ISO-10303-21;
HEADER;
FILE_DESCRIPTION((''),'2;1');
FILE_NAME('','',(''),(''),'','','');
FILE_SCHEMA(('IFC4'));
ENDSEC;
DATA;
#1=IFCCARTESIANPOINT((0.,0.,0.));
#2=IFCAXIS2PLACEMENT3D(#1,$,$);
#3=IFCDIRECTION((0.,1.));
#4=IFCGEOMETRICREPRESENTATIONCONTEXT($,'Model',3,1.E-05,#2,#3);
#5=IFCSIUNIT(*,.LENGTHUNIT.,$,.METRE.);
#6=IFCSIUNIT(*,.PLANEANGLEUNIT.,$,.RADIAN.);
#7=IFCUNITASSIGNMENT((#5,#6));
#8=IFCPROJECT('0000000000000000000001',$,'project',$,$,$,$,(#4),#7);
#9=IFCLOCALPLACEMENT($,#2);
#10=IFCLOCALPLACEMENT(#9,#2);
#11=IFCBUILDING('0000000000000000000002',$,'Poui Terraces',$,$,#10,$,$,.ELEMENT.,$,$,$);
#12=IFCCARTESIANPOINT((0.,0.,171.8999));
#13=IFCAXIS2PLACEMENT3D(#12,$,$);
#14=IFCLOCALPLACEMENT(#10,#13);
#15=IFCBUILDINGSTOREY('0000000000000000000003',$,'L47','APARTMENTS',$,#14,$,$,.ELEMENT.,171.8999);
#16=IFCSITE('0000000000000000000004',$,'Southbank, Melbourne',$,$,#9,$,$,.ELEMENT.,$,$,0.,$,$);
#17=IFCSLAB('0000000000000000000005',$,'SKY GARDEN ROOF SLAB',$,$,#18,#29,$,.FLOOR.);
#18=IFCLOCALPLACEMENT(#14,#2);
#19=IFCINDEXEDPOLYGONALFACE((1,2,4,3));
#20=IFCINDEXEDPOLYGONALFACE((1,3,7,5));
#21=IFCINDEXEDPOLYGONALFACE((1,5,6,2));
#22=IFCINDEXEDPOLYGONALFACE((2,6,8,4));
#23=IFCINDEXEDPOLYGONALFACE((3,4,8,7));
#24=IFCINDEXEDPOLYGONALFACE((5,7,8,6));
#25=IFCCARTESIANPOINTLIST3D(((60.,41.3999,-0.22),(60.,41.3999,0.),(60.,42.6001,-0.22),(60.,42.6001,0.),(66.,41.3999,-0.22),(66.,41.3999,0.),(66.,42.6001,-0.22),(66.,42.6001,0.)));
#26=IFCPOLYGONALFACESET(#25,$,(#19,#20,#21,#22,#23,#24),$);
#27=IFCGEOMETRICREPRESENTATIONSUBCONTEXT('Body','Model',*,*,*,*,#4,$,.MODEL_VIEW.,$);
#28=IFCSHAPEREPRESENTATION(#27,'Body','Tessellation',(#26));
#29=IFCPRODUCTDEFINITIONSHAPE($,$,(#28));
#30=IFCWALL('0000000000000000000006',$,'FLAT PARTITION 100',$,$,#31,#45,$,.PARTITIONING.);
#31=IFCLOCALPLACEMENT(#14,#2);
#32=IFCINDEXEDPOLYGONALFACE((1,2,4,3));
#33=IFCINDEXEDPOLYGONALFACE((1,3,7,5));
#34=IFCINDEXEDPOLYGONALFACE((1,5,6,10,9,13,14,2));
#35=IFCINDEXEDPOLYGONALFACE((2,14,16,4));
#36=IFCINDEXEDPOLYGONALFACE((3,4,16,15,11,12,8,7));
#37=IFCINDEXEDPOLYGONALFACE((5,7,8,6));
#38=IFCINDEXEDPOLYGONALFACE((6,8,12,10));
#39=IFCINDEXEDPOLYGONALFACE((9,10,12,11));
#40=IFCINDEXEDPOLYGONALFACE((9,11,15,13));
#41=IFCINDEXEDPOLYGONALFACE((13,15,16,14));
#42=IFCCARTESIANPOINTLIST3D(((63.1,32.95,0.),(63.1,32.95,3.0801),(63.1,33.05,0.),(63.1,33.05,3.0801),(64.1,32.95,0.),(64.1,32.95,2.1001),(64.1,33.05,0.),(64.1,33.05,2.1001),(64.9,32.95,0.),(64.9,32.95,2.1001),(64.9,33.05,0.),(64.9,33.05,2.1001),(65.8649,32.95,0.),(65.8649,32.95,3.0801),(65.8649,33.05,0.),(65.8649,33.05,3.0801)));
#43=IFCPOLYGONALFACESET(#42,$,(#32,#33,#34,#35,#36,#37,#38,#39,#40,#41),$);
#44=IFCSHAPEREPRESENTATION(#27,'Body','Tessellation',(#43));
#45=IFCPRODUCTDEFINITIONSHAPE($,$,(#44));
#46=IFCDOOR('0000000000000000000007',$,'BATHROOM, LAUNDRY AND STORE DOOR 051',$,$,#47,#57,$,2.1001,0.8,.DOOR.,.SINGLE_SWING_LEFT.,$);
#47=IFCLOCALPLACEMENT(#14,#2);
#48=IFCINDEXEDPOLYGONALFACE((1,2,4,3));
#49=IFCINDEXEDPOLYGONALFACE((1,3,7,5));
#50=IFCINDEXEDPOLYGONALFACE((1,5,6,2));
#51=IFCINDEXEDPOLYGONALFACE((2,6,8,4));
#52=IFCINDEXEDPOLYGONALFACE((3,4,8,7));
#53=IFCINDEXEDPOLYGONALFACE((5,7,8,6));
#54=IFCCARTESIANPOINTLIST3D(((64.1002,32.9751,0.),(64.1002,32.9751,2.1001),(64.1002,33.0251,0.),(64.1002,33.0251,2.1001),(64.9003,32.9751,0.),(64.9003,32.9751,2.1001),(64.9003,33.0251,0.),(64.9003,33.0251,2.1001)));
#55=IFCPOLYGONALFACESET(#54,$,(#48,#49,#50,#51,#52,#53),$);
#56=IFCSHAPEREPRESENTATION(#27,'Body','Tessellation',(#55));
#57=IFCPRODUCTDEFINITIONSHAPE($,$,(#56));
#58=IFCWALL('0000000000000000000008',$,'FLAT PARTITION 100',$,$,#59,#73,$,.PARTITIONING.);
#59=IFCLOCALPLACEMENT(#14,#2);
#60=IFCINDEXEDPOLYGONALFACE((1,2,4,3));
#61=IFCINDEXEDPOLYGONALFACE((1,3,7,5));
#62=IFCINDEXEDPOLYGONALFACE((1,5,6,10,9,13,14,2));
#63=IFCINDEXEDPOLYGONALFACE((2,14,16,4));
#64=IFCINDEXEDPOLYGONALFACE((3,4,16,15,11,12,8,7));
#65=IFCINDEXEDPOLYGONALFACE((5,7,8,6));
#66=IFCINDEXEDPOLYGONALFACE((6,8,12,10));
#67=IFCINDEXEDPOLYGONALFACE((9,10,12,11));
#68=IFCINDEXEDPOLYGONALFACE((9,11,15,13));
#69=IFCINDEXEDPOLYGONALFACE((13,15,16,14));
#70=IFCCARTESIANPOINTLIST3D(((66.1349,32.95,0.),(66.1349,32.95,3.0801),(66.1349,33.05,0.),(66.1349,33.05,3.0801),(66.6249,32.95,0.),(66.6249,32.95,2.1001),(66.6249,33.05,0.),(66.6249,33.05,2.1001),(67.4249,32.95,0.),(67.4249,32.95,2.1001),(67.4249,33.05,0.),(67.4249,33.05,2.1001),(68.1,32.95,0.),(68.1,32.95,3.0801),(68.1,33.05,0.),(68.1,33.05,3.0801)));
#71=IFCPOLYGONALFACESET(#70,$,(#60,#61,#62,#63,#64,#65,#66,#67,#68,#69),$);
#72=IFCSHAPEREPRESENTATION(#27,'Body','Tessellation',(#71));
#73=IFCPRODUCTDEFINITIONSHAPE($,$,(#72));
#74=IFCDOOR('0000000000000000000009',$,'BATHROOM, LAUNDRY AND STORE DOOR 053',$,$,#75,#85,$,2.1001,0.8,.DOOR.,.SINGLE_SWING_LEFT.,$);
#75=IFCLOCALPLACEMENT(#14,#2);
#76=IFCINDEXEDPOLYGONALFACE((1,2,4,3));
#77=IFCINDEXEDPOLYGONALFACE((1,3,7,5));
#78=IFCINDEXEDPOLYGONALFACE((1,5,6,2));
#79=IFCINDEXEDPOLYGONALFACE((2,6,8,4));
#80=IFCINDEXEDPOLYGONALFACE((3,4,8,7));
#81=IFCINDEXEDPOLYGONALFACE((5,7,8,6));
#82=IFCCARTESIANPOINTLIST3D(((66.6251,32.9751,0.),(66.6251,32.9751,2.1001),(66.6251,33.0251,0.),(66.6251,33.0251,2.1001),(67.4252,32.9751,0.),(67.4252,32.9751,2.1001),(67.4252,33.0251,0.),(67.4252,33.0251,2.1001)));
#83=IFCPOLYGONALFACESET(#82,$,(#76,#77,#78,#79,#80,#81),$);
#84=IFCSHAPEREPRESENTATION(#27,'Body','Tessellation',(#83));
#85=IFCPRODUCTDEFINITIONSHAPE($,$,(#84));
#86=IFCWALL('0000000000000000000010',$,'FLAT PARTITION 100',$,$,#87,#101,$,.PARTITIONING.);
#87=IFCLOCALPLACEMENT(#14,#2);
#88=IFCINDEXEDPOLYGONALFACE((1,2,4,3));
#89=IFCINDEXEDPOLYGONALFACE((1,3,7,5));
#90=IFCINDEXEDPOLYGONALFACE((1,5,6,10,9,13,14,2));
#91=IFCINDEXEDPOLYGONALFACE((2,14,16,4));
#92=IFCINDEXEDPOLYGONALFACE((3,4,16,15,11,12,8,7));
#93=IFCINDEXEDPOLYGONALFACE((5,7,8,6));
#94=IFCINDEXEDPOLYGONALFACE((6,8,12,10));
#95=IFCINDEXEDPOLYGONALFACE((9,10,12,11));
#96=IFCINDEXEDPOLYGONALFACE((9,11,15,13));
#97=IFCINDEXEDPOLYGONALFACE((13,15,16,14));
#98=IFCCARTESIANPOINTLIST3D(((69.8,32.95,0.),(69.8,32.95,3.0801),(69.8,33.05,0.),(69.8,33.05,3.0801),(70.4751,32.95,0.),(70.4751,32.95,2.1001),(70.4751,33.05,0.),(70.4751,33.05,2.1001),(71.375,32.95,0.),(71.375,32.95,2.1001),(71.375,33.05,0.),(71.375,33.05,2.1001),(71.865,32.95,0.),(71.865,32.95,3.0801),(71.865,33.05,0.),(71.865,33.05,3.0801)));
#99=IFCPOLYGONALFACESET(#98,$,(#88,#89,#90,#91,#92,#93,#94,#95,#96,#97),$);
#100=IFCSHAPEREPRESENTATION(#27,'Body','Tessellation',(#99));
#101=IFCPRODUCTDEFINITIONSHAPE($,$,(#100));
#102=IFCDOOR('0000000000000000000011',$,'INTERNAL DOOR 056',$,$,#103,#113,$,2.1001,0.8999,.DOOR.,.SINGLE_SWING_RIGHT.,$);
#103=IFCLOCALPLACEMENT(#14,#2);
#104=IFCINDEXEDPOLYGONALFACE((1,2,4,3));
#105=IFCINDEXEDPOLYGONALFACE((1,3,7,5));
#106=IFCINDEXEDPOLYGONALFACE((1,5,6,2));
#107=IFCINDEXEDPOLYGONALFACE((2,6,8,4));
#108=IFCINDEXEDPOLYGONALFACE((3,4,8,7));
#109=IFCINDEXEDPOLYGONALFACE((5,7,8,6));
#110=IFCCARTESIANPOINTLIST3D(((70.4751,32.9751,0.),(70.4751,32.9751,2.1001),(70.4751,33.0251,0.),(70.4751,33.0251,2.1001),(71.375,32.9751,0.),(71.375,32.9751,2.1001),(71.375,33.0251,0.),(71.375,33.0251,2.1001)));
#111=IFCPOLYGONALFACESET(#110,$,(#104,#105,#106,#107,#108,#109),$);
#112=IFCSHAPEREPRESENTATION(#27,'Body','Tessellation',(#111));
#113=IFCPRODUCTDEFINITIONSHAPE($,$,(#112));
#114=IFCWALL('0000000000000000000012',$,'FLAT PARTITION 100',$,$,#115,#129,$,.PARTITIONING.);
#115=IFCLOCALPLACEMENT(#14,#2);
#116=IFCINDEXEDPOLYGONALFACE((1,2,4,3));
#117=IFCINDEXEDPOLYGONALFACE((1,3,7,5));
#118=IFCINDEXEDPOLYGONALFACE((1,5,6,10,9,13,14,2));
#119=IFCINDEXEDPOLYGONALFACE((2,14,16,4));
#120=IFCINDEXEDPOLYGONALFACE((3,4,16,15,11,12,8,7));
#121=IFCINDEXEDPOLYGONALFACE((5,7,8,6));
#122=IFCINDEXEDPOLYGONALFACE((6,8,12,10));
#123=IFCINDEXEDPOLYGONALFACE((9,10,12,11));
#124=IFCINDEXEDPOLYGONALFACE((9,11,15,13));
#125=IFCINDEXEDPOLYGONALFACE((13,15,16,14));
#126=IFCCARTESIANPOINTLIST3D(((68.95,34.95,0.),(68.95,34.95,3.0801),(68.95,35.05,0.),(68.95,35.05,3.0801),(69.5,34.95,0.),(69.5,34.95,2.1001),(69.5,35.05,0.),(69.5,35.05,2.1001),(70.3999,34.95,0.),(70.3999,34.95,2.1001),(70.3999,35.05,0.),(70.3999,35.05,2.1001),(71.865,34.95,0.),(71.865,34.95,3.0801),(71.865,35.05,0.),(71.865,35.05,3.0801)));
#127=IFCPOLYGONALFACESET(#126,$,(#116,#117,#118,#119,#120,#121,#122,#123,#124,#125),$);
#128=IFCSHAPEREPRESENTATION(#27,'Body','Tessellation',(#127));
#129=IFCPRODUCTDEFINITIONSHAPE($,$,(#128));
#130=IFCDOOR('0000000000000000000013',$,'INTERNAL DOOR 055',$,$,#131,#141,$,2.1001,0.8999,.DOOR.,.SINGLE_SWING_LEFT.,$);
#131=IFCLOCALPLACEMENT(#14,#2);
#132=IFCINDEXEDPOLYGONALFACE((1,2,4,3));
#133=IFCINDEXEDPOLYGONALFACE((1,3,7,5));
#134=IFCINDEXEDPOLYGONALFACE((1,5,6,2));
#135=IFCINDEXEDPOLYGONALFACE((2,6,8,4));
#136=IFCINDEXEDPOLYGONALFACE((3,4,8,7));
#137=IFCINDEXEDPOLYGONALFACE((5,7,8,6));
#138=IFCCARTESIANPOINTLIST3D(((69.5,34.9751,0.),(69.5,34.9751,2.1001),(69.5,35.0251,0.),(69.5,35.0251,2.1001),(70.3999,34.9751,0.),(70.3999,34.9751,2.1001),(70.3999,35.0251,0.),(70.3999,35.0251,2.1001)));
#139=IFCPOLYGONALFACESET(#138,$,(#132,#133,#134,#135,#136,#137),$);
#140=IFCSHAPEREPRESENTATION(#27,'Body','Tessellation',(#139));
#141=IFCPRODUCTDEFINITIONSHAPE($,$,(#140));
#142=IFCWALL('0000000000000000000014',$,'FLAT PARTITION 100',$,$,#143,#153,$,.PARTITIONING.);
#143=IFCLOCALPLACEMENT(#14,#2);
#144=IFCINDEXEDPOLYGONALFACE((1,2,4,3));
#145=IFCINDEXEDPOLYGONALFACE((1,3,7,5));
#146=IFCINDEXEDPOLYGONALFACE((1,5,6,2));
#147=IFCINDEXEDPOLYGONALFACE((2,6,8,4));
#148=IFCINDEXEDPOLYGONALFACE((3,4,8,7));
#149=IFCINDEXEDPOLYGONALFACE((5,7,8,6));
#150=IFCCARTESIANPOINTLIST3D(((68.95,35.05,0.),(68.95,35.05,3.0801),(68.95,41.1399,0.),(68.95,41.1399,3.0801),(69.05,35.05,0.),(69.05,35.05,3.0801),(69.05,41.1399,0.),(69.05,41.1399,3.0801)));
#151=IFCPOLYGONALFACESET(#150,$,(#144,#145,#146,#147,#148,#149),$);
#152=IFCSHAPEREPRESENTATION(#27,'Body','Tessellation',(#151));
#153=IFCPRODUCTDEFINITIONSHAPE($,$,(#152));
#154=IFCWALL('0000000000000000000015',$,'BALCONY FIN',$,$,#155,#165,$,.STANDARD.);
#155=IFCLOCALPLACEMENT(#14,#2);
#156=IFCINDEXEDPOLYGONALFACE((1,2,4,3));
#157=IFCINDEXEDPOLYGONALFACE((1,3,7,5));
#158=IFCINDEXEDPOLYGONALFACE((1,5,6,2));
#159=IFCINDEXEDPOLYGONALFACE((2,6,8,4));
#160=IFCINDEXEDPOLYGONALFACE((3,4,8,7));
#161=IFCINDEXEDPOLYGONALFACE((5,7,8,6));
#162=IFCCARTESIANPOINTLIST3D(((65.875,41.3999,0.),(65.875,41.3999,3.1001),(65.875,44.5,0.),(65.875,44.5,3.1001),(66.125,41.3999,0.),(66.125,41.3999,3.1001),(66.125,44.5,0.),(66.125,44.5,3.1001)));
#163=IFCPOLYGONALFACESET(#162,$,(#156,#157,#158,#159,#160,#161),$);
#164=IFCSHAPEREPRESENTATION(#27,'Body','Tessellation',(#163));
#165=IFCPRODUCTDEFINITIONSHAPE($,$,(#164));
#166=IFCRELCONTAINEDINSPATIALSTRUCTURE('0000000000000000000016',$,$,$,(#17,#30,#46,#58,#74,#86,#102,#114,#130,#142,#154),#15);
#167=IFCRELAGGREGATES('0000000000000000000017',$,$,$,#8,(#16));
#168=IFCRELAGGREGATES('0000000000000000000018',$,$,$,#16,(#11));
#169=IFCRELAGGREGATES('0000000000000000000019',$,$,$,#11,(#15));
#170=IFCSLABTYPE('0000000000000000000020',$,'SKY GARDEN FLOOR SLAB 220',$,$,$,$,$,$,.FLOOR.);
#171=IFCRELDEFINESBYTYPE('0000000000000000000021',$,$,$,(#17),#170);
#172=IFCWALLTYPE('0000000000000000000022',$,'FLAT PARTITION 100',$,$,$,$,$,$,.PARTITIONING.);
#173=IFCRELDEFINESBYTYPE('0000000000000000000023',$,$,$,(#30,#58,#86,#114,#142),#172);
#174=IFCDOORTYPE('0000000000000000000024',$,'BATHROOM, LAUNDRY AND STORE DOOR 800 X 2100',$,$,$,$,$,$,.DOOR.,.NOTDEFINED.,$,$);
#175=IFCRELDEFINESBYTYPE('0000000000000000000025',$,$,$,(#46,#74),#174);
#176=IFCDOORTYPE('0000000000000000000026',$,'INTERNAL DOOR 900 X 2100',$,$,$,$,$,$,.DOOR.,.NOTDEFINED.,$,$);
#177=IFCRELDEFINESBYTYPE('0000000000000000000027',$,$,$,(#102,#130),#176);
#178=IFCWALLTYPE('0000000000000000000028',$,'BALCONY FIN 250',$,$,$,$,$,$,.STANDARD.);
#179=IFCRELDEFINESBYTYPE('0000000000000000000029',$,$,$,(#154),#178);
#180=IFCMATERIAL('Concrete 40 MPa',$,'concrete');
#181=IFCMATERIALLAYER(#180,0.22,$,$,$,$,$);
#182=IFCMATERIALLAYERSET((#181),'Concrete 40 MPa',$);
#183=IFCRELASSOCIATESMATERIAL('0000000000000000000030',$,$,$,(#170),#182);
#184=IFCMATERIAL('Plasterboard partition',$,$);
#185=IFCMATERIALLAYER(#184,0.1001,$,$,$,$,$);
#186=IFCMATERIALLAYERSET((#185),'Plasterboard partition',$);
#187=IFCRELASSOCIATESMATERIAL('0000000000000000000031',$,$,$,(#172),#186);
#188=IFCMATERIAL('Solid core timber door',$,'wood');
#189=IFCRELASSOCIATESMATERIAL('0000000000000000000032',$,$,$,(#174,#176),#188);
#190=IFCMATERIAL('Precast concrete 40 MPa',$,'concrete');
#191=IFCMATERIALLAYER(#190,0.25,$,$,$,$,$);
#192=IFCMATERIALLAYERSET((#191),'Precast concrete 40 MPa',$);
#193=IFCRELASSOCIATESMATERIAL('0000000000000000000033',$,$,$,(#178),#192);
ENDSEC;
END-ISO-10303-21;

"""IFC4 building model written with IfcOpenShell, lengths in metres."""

from ifc_helpers import new_model, si_unit, direction, frame, frame_2d, origin, place, context, subcontext, project, spatial, polyline, rectangle, outline, extrude, source, transform, mapped, material, layer, layer_set, type_object, element, fill, save


model = new_model("IFC4")

# Units and contexts
model_context = context("Model", 3, precision=1e-05, world=origin(), true_north=direction((0.0, 1.0)))
body_context = subcontext(model_context, "Body", "Model", "MODEL_VIEW")
ifc_project = project(units=[si_unit("LENGTHUNIT", "METRE"), si_unit("PLANEANGLEUNIT", "RADIAN")], contexts=[model_context])

# Site, building, storey
site_placement = place(None, origin())
site = spatial("IfcSite", under=ifc_project, at=site_placement, Name="Southbank, Melbourne", CompositionType="ELEMENT", RefElevation=0.0)
building_placement = place(site_placement, origin())
building = spatial("IfcBuilding", under=site, at=building_placement, Name="Poui Terraces", CompositionType="ELEMENT")
storey_placement = place(building_placement, frame((0.0, 0.0, 171.8999)))
storey = spatial("IfcBuildingStorey", under=building, at=storey_placement, Name="L47", Description="APARTMENTS", CompositionType="ELEMENT", Elevation=171.8999)

# Slab
ifc_material_1 = material(Name="Concrete 40 MPa", Category="concrete")
ifc_layer_1 = layer(ifc_material_1, 0.22)
ifc_layer_set_1 = layer_set([ifc_layer_1], Name="Concrete 40 MPa")
slab_type = type_object("IfcSlabType", Name="SKY GARDEN FLOOR SLAB 220", PredefinedType="FLOOR", material=ifc_layer_set_1)
shared_shape_1 = source(origin(), body_context, "Body", "SweptSolid", [
    extrude(outline(polyline([(0.0, 0.0), (0.0, 1.2002), (-6.0, 1.2002), (-6.0, 0.0), (0.0, 0.0)])), origin(), (0.0, 0.0, 1.0), 0.22),
])
slab_placement = place(storey_placement, frame((66.0, 41.3999, -0.22)))
element("IfcSlab", 1, at=slab_placement, inside=storey, type_object=slab_type, Name="SKY GARDEN ROOF SLAB", PredefinedType="FLOOR", context=body_context, shape_type="MappedRepresentation", body=[
    mapped(shared_shape_1, transform((0.0, 0.0, 0.0))),
])

# Walls, openings, doors
ifc_material_2 = material(Name="Plasterboard partition")
ifc_layer_2 = layer(ifc_material_2, 0.1001)
ifc_layer_set_2 = layer_set([ifc_layer_2], Name="Plasterboard partition")
wall_type_1 = type_object("IfcWallType", Name="FLAT PARTITION 100", PredefinedType="PARTITIONING", material=ifc_layer_set_2)
wall_1_placement = place(storey_placement, frame((63.1001, 33.0, 0.0), z_axis=(0.0, 0.0, 1.0), x_axis=(1.0, 0.0, 0.0)))
wall_1 = element("IfcWall", 2, at=wall_1_placement, inside=storey, type_object=wall_type_1, Name="FLAT PARTITION 100", PredefinedType="PARTITIONING", context=body_context, shape_type="SweptSolid", body=[
    extrude(rectangle(XDim=2.7649, YDim=0.1001, at=frame_2d((1.3823, 0.0))), origin(), (0.0, 0.0, 1.0), 3.0801),
])
opening_1_placement = place(wall_1_placement, frame((1.0, 0.0, 0.0)))
opening_1 = element("IfcOpeningElement", 3, at=opening_1_placement, cuts=wall_1, PredefinedType="OPENING", context=body_context, shape_type="SweptSolid", body=[
    extrude(rectangle(XDim=0.8, YDim=2.1001, at=frame_2d((0.3999, 1.05))), frame((0.0, 0.0601, 0.0), z_axis=(0.0, -1.0, 0.0), x_axis=(1.0, 0.0, 0.0)), (0.0, 0.0, 1.0), 0.1201),
])
ifc_material_3 = material(Name="Solid core timber door", Category="wood")
door_type_1 = type_object("IfcDoorType", Name="BATHROOM, LAUNDRY AND STORE DOOR 800 X 2100", OperationType="NOTDEFINED", PredefinedType="DOOR", material=ifc_material_3)
door_1_placement = place(opening_1_placement, frame((0.8, 0.0, 0.0), z_axis=(0.0, 0.0, 1.0), x_axis=(-1.0, 0.0, 0.0)))
door_1 = element("IfcDoor", 4, at=door_1_placement, inside=storey, type_object=door_type_1, Name="BATHROOM, LAUNDRY AND STORE DOOR 051", OperationType="SINGLE_SWING_LEFT", OverallHeight=2.1001, OverallWidth=0.8, PredefinedType="DOOR", context=body_context, shape_type="SweptSolid", body=[
    extrude(rectangle(XDim=0.8, YDim=2.1001, at=frame_2d((0.3999, 1.05))), frame((0.0, 0.0249, 0.0), z_axis=(0.0, -1.0, 0.0), x_axis=(1.0, 0.0, 0.0)), (0.0, 0.0, 1.0), 0.05),
])
fill(opening_1, door_1)
wall_2_placement = place(storey_placement, frame((66.135, 33.0, 0.0), z_axis=(0.0, 0.0, 1.0), x_axis=(1.0, 0.0, 0.0)))
wall_2 = element("IfcWall", 5, at=wall_2_placement, inside=storey, type_object=wall_type_1, Name="FLAT PARTITION 100", PredefinedType="PARTITIONING", context=body_context, shape_type="SweptSolid", body=[
    extrude(rectangle(XDim=1.9651, YDim=0.1001, at=frame_2d((0.9824, 0.0))), origin(), (0.0, 0.0, 1.0), 3.0801),
])
opening_2_placement = place(wall_2_placement, frame((0.49, 0.0, 0.0)))
opening_2 = element("IfcOpeningElement", 6, at=opening_2_placement, cuts=wall_2, PredefinedType="OPENING", context=body_context, shape_type="SweptSolid", body=[
    extrude(rectangle(XDim=0.8, YDim=2.1001, at=frame_2d((0.3999, 1.05))), frame((0.0, 0.0601, 0.0), z_axis=(0.0, -1.0, 0.0), x_axis=(1.0, 0.0, 0.0)), (0.0, 0.0, 1.0), 0.1201),
])
door_2_placement = place(opening_2_placement, frame((0.8, 0.0, 0.0), z_axis=(0.0, 0.0, 1.0), x_axis=(-1.0, 0.0, 0.0)))
door_2 = element("IfcDoor", 7, at=door_2_placement, inside=storey, type_object=door_type_1, Name="BATHROOM, LAUNDRY AND STORE DOOR 053", OperationType="SINGLE_SWING_LEFT", OverallHeight=2.1001, OverallWidth=0.8, PredefinedType="DOOR", context=body_context, shape_type="SweptSolid", body=[
    extrude(rectangle(XDim=0.8, YDim=2.1001, at=frame_2d((0.3999, 1.05))), frame((0.0, 0.0249, 0.0), z_axis=(0.0, -1.0, 0.0), x_axis=(1.0, 0.0, 0.0)), (0.0, 0.0, 1.0), 0.05),
])
fill(opening_2, door_2)
wall_3_placement = place(storey_placement, frame((69.8, 33.0, 0.0), z_axis=(0.0, 0.0, 1.0), x_axis=(1.0, 0.0, 0.0)))
wall_3 = element("IfcWall", 8, at=wall_3_placement, inside=storey, type_object=wall_type_1, Name="FLAT PARTITION 100", PredefinedType="PARTITIONING", context=body_context, shape_type="SweptSolid", body=[
    extrude(rectangle(XDim=2.0649, YDim=0.1001, at=frame_2d((1.0325, 0.0))), origin(), (0.0, 0.0, 1.0), 3.0801),
])
opening_3_placement = place(wall_3_placement, frame((0.675, 0.0, 0.0)))
opening_3 = element("IfcOpeningElement", 9, at=opening_3_placement, cuts=wall_3, PredefinedType="OPENING", context=body_context, shape_type="SweptSolid", body=[
    extrude(rectangle(XDim=0.8999, YDim=2.1001, at=frame_2d((0.45, 1.05))), frame((0.0, 0.0601, 0.0), z_axis=(0.0, -1.0, 0.0), x_axis=(1.0, 0.0, 0.0)), (0.0, 0.0, 1.0), 0.1201),
])
door_type_2 = type_object("IfcDoorType", Name="INTERNAL DOOR 900 X 2100", OperationType="NOTDEFINED", PredefinedType="DOOR", material=ifc_material_3)
door_3_placement = place(opening_3_placement, frame((0.8999, 0.0, 0.0), z_axis=(0.0, 0.0, 1.0), x_axis=(-1.0, 0.0, 0.0)))
door_3 = element("IfcDoor", 10, at=door_3_placement, inside=storey, type_object=door_type_2, Name="INTERNAL DOOR 056", OperationType="SINGLE_SWING_RIGHT", OverallHeight=2.1001, OverallWidth=0.8999, PredefinedType="DOOR", context=body_context, shape_type="SweptSolid", body=[
    extrude(rectangle(XDim=0.8999, YDim=2.1001, at=frame_2d((0.45, 1.05))), frame((0.0, 0.0249, 0.0), z_axis=(0.0, -1.0, 0.0), x_axis=(1.0, 0.0, 0.0)), (0.0, 0.0, 1.0), 0.05),
])
fill(opening_3, door_3)
wall_4_placement = place(storey_placement, frame((68.95, 35.0, 0.0), z_axis=(0.0, 0.0, 1.0), x_axis=(1.0, 0.0, 0.0)))
wall_4 = element("IfcWall", 11, at=wall_4_placement, inside=storey, type_object=wall_type_1, Name="FLAT PARTITION 100", PredefinedType="PARTITIONING", context=body_context, shape_type="SweptSolid", body=[
    extrude(rectangle(XDim=2.915, YDim=0.1001, at=frame_2d((1.4575, 0.0))), origin(), (0.0, 0.0, 1.0), 3.0801),
])
opening_4_placement = place(wall_4_placement, frame((0.55, 0.0, 0.0)))
opening_4 = element("IfcOpeningElement", 12, at=opening_4_placement, cuts=wall_4, PredefinedType="OPENING", context=body_context, shape_type="SweptSolid", body=[
    extrude(rectangle(XDim=0.8999, YDim=2.1001, at=frame_2d((0.45, 1.05))), frame((0.0, 0.0601, 0.0), z_axis=(0.0, -1.0, 0.0), x_axis=(1.0, 0.0, 0.0)), (0.0, 0.0, 1.0), 0.1201),
])
door_4_placement = place(opening_4_placement, frame((0.8999, 0.0, 0.0), z_axis=(0.0, 0.0, 1.0), x_axis=(-1.0, 0.0, 0.0)))
door_4 = element("IfcDoor", 13, at=door_4_placement, inside=storey, type_object=door_type_2, Name="INTERNAL DOOR 055", OperationType="SINGLE_SWING_LEFT", OverallHeight=2.1001, OverallWidth=0.8999, PredefinedType="DOOR", context=body_context, shape_type="SweptSolid", body=[
    extrude(rectangle(XDim=0.8999, YDim=2.1001, at=frame_2d((0.45, 1.05))), frame((0.0, 0.0249, 0.0), z_axis=(0.0, -1.0, 0.0), x_axis=(1.0, 0.0, 0.0)), (0.0, 0.0, 1.0), 0.05),
])
fill(opening_4, door_4)

# Walls
wall_5_placement = place(storey_placement, frame((69.0, 35.05, 0.0), z_axis=(0.0, 0.0, 1.0), x_axis=(0.0, 1.0, 0.0)))
element("IfcWall", 14, at=wall_5_placement, inside=storey, type_object=wall_type_1, Name="FLAT PARTITION 100", PredefinedType="PARTITIONING", context=body_context, shape_type="SweptSolid", body=[
    extrude(rectangle(XDim=6.0898, YDim=0.1001, at=frame_2d((3.0449, 0.0))), origin(), (0.0, 0.0, 1.0), 3.0801),
])
ifc_material_4 = material(Name="Precast concrete 40 MPa", Category="concrete")
ifc_layer_3 = layer(ifc_material_4, 0.25)
ifc_layer_set_3 = layer_set([ifc_layer_3], Name="Precast concrete 40 MPa")
wall_type_2 = type_object("IfcWallType", Name="BALCONY FIN 250", PredefinedType="STANDARD", material=ifc_layer_set_3)
shared_shape_2 = source(origin(), body_context, "Body", "SweptSolid", [
    extrude(outline(polyline([(0.0, 0.0), (0.25, 0.0), (0.25, 3.1001), (0.0, 3.1001), (0.0, 0.0)])), origin(), (0.0, 0.0, 1.0), 3.1001),
])
for number, where, name in (
    (15, (65.875, 41.3999, 0.0), "BALCONY FIN"),
):
    element("IfcWall", number, at=place(storey_placement, frame(where)), inside=storey, type_object=wall_type_2, Name=name, PredefinedType="STANDARD", context=body_context, shape_type="MappedRepresentation", body=[
        mapped(shared_shape_2, transform((0.0, 0.0, 0.0))),
    ])

save(model, "model.ifc")
